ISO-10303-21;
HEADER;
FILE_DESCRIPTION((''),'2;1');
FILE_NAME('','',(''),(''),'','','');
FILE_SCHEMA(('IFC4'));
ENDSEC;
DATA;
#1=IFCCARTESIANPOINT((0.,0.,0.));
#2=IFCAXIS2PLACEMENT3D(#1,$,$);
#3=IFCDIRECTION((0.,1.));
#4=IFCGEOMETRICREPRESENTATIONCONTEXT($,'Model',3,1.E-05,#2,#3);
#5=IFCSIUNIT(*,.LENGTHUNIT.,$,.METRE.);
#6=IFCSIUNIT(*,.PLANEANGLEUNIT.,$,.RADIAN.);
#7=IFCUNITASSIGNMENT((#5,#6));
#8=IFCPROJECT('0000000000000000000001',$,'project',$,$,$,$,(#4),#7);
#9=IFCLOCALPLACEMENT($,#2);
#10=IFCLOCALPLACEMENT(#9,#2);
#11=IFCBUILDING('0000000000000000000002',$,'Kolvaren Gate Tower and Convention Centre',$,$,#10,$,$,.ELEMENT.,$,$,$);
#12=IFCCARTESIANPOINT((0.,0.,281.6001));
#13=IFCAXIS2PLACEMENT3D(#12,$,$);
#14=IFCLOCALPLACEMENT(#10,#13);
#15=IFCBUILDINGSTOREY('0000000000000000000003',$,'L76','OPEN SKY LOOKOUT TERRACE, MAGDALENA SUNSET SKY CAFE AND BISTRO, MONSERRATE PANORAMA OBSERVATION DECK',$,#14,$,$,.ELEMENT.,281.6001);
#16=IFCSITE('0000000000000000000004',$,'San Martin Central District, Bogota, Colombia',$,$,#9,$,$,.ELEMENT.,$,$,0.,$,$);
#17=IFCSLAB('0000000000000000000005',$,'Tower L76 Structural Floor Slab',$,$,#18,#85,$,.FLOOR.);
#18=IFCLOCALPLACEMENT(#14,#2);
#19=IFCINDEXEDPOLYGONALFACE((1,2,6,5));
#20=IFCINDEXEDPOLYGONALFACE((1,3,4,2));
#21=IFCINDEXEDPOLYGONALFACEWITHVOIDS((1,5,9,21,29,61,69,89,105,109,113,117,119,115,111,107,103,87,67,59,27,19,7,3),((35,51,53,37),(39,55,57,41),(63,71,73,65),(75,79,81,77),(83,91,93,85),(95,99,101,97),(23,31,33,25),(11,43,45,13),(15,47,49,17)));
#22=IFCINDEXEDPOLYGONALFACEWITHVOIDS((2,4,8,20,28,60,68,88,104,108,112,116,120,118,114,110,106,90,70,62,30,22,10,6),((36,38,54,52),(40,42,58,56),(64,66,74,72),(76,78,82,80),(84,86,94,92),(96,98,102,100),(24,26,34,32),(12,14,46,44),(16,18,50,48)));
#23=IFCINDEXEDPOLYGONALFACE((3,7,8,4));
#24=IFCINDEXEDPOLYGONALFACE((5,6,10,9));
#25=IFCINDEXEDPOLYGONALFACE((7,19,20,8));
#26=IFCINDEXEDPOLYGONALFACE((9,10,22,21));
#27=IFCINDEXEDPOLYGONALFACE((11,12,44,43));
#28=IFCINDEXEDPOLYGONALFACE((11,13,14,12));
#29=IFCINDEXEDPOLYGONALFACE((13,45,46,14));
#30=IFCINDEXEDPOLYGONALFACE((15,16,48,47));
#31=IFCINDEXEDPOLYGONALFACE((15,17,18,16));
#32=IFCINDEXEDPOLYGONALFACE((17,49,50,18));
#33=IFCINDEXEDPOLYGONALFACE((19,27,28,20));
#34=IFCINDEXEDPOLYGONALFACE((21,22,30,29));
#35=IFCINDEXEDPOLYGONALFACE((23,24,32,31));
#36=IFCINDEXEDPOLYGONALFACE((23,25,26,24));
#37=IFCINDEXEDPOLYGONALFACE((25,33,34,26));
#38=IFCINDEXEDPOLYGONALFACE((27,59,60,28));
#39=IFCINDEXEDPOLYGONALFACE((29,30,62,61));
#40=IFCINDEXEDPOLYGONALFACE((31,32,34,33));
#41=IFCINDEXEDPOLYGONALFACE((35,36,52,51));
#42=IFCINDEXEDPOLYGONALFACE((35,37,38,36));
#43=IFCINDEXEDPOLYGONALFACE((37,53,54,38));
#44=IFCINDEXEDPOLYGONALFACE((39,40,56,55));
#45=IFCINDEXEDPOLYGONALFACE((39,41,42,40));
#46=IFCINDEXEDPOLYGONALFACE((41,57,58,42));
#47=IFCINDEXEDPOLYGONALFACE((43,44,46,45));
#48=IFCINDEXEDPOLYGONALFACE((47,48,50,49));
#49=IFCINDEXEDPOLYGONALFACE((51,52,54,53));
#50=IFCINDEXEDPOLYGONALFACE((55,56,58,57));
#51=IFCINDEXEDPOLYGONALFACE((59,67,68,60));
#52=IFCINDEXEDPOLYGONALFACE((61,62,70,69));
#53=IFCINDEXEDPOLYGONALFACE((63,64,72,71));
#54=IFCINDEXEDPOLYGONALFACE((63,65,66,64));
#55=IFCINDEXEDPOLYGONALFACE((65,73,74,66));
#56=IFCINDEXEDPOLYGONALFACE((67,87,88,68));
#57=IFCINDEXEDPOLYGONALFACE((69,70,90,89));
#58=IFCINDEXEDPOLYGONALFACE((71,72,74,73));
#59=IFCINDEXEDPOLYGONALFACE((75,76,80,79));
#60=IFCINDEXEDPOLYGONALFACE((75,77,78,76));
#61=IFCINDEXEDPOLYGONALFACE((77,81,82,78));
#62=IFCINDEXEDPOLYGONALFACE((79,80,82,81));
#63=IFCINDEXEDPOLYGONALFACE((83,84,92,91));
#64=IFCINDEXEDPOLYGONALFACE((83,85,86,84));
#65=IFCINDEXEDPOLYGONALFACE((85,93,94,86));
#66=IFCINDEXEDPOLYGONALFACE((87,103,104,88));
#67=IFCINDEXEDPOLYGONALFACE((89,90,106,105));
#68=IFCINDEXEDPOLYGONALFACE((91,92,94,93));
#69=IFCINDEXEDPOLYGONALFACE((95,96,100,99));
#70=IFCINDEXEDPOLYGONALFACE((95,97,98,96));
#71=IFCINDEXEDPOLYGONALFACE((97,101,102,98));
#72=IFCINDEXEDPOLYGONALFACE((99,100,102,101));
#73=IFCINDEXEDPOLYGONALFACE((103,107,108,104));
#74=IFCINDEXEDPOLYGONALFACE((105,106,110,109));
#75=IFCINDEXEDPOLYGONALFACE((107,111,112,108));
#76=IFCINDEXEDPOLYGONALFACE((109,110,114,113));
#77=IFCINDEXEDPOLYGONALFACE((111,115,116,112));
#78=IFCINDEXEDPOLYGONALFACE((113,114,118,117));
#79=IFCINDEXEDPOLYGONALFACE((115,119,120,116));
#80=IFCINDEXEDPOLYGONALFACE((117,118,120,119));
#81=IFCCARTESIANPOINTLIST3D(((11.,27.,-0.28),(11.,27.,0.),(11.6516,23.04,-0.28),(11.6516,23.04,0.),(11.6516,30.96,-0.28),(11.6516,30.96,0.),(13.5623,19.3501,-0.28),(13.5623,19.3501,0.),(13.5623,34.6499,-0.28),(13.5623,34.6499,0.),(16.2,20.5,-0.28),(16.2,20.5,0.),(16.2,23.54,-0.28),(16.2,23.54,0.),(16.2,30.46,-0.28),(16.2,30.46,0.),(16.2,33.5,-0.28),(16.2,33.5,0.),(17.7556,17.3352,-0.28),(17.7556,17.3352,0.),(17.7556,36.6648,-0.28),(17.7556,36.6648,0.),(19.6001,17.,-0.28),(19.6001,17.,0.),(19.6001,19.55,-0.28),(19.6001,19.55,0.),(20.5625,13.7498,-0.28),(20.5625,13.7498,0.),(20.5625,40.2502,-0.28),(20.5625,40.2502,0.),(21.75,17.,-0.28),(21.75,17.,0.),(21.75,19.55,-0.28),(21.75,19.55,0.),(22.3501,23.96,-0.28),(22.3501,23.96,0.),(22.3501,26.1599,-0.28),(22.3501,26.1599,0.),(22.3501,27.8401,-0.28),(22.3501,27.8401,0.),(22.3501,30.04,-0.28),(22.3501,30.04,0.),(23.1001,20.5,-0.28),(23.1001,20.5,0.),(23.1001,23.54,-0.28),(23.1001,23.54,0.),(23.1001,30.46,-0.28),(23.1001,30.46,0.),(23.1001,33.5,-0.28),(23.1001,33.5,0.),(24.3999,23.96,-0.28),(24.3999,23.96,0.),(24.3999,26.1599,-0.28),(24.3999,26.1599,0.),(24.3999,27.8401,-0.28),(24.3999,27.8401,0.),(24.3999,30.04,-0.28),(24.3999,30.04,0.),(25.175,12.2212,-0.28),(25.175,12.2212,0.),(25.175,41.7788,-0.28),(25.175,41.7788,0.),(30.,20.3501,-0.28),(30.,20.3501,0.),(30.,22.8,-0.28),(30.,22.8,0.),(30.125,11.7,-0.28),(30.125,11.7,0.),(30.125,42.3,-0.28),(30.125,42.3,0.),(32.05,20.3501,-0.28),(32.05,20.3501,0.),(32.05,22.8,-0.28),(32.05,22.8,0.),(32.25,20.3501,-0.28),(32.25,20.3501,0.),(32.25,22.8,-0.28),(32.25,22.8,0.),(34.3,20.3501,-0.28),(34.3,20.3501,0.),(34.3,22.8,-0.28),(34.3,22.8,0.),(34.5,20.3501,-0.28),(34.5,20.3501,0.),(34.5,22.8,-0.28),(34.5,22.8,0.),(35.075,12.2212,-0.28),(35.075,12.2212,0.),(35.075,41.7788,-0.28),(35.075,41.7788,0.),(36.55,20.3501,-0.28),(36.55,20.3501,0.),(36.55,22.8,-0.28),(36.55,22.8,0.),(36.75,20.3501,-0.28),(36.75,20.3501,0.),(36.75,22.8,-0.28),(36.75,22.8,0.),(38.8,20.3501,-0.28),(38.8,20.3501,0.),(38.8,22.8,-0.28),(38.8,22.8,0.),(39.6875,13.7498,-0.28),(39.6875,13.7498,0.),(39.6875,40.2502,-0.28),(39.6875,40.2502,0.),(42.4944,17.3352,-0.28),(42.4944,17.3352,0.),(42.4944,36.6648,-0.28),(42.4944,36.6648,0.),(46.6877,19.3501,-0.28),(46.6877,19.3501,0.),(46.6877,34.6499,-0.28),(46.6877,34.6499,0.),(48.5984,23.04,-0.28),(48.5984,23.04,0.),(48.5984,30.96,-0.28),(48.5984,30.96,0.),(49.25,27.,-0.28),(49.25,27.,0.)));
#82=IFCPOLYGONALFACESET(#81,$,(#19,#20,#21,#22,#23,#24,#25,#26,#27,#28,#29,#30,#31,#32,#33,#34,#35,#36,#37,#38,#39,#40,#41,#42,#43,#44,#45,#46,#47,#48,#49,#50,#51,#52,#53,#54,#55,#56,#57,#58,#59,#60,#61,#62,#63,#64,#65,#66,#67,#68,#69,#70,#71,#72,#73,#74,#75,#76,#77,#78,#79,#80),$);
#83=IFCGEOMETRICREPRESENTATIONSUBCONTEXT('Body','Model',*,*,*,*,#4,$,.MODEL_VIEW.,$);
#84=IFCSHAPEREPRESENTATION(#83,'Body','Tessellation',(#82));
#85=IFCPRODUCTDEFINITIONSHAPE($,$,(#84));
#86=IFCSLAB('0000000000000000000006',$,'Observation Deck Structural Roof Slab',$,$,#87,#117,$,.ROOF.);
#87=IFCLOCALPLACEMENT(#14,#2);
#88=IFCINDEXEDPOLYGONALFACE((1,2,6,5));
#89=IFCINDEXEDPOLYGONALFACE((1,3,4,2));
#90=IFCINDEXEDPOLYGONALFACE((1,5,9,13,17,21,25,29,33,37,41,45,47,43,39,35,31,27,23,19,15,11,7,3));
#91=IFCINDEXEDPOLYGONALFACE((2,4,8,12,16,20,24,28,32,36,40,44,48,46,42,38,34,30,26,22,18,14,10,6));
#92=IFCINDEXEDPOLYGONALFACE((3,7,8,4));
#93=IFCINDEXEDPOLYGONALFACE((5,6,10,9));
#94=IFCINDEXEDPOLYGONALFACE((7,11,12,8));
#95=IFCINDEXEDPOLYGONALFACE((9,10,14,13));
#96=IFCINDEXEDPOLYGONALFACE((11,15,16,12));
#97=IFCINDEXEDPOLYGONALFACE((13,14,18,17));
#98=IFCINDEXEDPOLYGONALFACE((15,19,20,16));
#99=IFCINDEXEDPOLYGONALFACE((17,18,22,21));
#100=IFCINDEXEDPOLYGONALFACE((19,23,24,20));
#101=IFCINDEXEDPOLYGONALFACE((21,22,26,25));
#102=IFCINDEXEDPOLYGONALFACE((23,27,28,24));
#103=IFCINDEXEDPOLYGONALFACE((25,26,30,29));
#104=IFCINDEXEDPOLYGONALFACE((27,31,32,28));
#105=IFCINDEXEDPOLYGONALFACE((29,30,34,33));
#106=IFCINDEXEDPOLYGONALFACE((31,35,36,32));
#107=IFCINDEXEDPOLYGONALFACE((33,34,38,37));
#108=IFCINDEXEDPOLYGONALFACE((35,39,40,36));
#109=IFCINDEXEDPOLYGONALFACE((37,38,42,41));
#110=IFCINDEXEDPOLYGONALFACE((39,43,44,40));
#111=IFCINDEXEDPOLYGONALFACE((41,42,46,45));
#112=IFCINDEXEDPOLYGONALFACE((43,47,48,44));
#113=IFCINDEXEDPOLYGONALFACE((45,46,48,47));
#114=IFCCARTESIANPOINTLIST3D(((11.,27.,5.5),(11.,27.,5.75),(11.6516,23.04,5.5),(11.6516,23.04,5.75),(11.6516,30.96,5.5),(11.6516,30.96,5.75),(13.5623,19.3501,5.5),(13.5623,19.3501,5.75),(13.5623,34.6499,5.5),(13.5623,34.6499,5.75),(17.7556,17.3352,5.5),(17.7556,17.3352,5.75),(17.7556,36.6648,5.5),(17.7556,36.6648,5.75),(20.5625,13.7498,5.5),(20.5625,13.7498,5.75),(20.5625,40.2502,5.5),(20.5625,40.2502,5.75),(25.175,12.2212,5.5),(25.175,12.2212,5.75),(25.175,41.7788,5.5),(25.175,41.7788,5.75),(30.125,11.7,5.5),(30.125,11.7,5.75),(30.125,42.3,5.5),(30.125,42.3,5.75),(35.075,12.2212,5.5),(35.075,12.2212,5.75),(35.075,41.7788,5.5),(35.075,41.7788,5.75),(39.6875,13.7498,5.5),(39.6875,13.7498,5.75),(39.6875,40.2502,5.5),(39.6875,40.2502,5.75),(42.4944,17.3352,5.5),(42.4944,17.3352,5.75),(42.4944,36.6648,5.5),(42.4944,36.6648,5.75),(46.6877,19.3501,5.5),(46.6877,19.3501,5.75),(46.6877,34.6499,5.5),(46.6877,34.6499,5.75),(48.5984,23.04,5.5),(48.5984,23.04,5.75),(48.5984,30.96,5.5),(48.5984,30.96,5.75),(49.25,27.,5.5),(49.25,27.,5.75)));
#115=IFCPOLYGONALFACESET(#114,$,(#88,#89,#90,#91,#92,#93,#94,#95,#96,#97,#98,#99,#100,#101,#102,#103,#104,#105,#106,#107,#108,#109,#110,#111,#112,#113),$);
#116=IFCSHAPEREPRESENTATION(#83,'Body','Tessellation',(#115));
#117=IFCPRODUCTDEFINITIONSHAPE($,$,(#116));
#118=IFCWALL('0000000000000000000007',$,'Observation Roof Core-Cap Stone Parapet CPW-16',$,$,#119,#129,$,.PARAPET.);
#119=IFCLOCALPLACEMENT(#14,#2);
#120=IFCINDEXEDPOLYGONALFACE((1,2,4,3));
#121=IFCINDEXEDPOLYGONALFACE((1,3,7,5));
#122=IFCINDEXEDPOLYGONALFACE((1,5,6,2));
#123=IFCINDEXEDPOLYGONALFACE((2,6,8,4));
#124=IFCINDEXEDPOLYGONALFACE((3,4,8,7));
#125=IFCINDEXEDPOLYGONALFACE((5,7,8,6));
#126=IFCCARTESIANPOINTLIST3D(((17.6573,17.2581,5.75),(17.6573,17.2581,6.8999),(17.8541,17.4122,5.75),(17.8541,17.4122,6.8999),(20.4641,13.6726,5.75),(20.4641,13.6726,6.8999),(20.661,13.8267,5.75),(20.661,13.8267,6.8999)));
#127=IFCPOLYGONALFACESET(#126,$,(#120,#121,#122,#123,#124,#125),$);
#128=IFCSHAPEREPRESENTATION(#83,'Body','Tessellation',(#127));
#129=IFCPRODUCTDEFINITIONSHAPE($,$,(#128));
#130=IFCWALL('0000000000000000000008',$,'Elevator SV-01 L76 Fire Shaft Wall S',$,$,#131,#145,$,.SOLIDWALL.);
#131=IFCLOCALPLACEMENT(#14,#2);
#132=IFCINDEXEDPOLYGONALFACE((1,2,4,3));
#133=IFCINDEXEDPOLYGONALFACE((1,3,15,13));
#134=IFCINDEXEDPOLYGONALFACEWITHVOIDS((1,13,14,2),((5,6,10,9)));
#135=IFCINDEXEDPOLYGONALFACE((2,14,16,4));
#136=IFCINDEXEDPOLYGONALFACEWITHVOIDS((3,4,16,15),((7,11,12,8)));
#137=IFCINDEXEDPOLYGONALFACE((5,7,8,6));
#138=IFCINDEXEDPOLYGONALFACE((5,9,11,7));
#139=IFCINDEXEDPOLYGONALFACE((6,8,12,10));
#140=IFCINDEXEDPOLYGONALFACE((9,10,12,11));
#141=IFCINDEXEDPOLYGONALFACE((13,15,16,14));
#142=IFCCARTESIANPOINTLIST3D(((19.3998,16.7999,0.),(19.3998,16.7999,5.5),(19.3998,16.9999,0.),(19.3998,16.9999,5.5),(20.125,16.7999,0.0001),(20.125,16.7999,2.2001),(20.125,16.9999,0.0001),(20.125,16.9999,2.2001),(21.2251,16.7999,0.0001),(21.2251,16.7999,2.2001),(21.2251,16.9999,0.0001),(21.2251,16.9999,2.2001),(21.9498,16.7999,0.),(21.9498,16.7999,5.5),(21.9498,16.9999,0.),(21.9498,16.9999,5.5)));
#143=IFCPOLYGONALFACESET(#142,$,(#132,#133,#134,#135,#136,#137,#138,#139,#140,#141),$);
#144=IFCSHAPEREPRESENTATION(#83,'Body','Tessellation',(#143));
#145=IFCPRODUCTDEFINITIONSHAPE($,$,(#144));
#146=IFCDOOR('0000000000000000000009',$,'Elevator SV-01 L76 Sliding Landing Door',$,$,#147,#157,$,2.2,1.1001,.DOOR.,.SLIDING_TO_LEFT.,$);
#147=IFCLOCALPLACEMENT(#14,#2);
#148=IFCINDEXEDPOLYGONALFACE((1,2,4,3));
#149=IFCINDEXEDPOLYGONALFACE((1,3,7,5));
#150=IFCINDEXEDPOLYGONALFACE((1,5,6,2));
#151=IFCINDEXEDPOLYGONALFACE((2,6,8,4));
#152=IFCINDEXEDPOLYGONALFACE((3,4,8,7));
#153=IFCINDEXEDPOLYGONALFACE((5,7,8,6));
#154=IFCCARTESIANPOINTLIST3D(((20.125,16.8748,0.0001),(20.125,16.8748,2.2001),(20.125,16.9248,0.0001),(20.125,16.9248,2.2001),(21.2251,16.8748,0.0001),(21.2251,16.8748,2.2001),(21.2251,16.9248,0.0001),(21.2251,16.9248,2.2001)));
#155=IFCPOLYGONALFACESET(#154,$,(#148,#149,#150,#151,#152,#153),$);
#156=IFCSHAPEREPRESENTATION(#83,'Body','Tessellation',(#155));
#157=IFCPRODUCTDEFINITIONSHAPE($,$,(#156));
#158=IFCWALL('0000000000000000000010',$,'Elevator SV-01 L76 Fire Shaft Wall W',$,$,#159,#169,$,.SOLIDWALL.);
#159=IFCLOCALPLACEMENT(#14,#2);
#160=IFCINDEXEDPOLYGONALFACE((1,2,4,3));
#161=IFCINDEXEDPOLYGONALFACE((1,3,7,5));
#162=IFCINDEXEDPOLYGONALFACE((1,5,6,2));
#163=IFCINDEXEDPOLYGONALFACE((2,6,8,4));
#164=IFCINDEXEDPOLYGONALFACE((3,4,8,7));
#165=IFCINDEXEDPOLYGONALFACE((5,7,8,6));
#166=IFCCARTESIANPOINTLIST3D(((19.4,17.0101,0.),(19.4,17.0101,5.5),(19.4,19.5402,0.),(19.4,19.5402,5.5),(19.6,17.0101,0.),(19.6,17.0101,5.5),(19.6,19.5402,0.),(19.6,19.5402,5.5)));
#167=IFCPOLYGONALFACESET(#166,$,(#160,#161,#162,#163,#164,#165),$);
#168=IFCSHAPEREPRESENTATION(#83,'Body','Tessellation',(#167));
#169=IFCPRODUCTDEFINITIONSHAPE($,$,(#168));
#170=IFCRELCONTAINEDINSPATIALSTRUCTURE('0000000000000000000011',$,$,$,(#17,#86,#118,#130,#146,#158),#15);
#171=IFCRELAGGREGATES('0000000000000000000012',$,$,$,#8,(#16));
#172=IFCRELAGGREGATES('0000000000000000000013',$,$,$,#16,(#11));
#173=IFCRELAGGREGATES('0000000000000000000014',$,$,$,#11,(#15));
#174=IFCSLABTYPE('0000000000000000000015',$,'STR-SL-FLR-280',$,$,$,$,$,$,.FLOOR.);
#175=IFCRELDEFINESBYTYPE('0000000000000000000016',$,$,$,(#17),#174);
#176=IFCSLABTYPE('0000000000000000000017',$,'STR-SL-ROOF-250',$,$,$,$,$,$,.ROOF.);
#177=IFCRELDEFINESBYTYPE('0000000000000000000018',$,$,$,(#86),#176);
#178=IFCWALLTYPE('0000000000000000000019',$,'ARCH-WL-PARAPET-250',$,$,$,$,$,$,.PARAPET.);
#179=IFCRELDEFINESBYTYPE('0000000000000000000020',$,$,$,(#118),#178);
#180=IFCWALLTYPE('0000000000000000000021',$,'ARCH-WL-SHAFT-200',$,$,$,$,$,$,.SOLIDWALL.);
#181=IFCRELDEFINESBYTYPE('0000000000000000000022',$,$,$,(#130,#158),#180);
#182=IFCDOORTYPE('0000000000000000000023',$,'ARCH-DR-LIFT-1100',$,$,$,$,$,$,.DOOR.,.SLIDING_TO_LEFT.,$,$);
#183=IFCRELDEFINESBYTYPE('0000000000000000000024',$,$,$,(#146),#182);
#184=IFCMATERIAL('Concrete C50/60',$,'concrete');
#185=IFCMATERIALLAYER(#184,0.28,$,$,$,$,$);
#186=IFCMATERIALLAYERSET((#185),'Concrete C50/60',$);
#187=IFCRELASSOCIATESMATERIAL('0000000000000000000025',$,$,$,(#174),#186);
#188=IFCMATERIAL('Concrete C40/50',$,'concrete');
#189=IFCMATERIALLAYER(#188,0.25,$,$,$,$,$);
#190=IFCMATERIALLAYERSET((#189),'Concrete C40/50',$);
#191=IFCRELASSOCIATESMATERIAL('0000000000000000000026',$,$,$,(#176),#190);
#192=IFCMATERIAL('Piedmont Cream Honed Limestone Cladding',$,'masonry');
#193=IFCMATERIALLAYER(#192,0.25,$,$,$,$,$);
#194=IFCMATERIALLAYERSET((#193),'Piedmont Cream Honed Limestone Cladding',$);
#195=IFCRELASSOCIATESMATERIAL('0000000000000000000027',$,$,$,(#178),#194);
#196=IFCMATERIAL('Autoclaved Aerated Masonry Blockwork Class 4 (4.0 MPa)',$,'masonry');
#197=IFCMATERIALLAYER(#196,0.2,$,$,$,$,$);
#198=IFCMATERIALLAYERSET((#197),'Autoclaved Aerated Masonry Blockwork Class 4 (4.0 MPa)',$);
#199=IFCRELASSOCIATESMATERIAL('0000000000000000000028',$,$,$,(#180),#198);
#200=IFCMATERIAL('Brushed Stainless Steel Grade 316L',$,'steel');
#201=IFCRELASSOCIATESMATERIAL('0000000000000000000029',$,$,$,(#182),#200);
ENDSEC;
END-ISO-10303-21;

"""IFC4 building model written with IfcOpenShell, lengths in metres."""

from ifc_helpers import new_model, si_unit, direction, frame, frame_2d, origin, place, context, subcontext, project, spatial, polyline, rectangle, outline, extrude, material, layer, layer_set, type_object, element, fill, save


model = new_model("IFC4")

# Units and contexts
model_context = context("Model", 3, precision=1e-05, world=origin(), true_north=direction((0.0, 1.0)))
body_context = subcontext(model_context, "Body", "Model", "MODEL_VIEW")
ifc_project = project(units=[si_unit("LENGTHUNIT", "METRE"), si_unit("PLANEANGLEUNIT", "RADIAN")], contexts=[model_context])

# Site, building, storey
site_placement = place(None, origin())
site = spatial("IfcSite", under=ifc_project, at=site_placement, Name="San Martin Central District, Bogota, Colombia", CompositionType="ELEMENT", RefElevation=0.0)
building_placement = place(site_placement, origin())
building = spatial("IfcBuilding", under=site, at=building_placement, Name="Kolvaren Gate Tower and Convention Centre", CompositionType="ELEMENT")
storey_placement = place(building_placement, frame((0.0, 0.0, 281.6001)))
storey = spatial("IfcBuildingStorey", under=building, at=storey_placement, Name="L76", Description="OPEN SKY LOOKOUT TERRACE, MAGDALENA SUNSET SKY CAFE AND BISTRO, MONSERRATE PANORAMA OBSERVATION DECK", CompositionType="ELEMENT", Elevation=281.6001)

# Slabs
ifc_material_1 = material(Name="Concrete C50/60", Category="concrete")
ifc_layer_1 = layer(ifc_material_1, 0.28)
ifc_layer_set_1 = layer_set([ifc_layer_1], Name="Concrete C50/60")
slab_type_1 = type_object("IfcSlabType", Name="STR-SL-FLR-280", PredefinedType="FLOOR", material=ifc_layer_set_1)
slab_1_placement = place(storey_placement, frame((0.0, 0.0, -0.28)))
element("IfcSlab", 1, at=slab_1_placement, inside=storey, type_object=slab_type_1, Name="Tower L76 Structural Floor Slab", PredefinedType="FLOOR", context=body_context, shape_type="SweptSolid", body=[
    extrude(outline(polyline([(49.25, 27.0), (48.5984, 30.96), (46.6877, 34.6499), (42.4944, 36.6648), (39.6875, 40.2502), (35.075, 41.7788), (30.125, 42.3), (25.175, 41.7788), (20.5625, 40.2502), (17.7556, 36.6648), (13.5623, 34.6499), (11.6516, 30.96), (11.0, 27.0), (11.6516, 23.04), (13.5623, 19.3501), (17.7556, 17.3352), (20.5625, 13.7498), (25.175, 12.2212), (30.125, 11.7), (35.075, 12.2212), (39.6875, 13.7498), (42.4944, 17.3352), (46.6877, 19.3501), (48.5984, 23.04), (49.25, 27.0)]), holes=[polyline([(38.8, 20.3501), (36.75, 20.3501), (36.75, 22.8), (38.8, 22.8), (38.8, 20.3501)]), polyline([(36.55, 20.3501), (34.5, 20.3501), (34.5, 22.8), (36.55, 22.8), (36.55, 20.3501)]), polyline([(34.3, 20.3501), (32.25, 20.3501), (32.25, 22.8), (34.3, 22.8), (34.3, 20.3501)]), polyline([(32.05, 20.3501), (30.0, 20.3501), (30.0, 22.8), (32.05, 22.8), (32.05, 20.3501)]), polyline([(22.3501, 27.8401), (22.3501, 30.04), (24.3999, 30.04), (24.3999, 27.8401), (22.3501, 27.8401)]), polyline([(24.3999, 23.96), (22.3501, 23.96), (22.3501, 26.1599), (24.3999, 26.1599), (24.3999, 23.96)]), polyline([(16.2, 23.54), (23.1001, 23.54), (23.1001, 20.5), (16.2, 20.5), (16.2, 23.54)]), polyline([(23.1001, 33.5), (23.1001, 30.46), (16.2, 30.46), (16.2, 33.5), (23.1001, 33.5)]), polyline([(21.75, 17.0), (19.6001, 17.0), (19.6001, 19.55), (21.75, 19.55), (21.75, 17.0)])]), origin(), (0.0, 0.0, 1.0), 0.28),
])
ifc_material_2 = material(Name="Concrete C40/50", Category="concrete")
ifc_layer_2 = layer(ifc_material_2, 0.25)
ifc_layer_set_2 = layer_set([ifc_layer_2], Name="Concrete C40/50")
slab_type_2 = type_object("IfcSlabType", Name="STR-SL-ROOF-250", PredefinedType="ROOF", material=ifc_layer_set_2)
slab_2_placement = place(storey_placement, frame((0.0, 0.0, 5.5)))
element("IfcSlab", 2, at=slab_2_placement, inside=storey, type_object=slab_type_2, Name="Observation Deck Structural Roof Slab", PredefinedType="ROOF", context=body_context, shape_type="SweptSolid", body=[
    extrude(outline(polyline([(49.25, 27.0), (48.5984, 30.96), (46.6877, 34.6499), (42.4944, 36.6648), (39.6875, 40.2502), (35.075, 41.7788), (30.125, 42.3), (25.175, 41.7788), (20.5625, 40.2502), (17.7556, 36.6648), (13.5623, 34.6499), (11.6516, 30.96), (11.0, 27.0), (11.6516, 23.04), (13.5623, 19.3501), (17.7556, 17.3352), (20.5625, 13.7498), (25.175, 12.2212), (30.125, 11.7), (35.075, 12.2212), (39.6875, 13.7498), (42.4944, 17.3352), (46.6877, 19.3501), (48.5984, 23.04), (49.25, 27.0)])), origin(), (0.0, 0.0, 1.0), 0.25),
])

# Wall
ifc_material_3 = material(Name="Piedmont Cream Honed Limestone Cladding", Category="masonry")
ifc_layer_3 = layer(ifc_material_3, 0.25)
ifc_layer_set_3 = layer_set([ifc_layer_3], Name="Piedmont Cream Honed Limestone Cladding")
wall_type_1 = type_object("IfcWallType", Name="ARCH-WL-PARAPET-250", PredefinedType="PARAPET", material=ifc_layer_set_3)
wall_1_placement = place(storey_placement, frame((17.7556, 17.3352, 5.75), z_axis=(0.0, 0.0, 1.0), x_axis=(0.616428, -0.787411, 0.0)))
element("IfcWall", 3, at=wall_1_placement, inside=storey, type_object=wall_type_1, Name="Observation Roof Core-Cap Stone Parapet CPW-16", PredefinedType="PARAPET", context=body_context, shape_type="SweptSolid", body=[
    extrude(rectangle(XDim=4.5535, YDim=0.25, at=frame_2d((2.2769, 0.0))), origin(), (0.0, 0.0, 1.0), 1.1499),
])

# Wall, opening, door
ifc_material_4 = material(Name="Autoclaved Aerated Masonry Blockwork Class 4 (4.0 MPa)", Category="masonry")
ifc_layer_4 = layer(ifc_material_4, 0.2)
ifc_layer_set_4 = layer_set([ifc_layer_4], Name="Autoclaved Aerated Masonry Blockwork Class 4 (4.0 MPa)")
wall_type_2 = type_object("IfcWallType", Name="ARCH-WL-SHAFT-200", PredefinedType="SOLIDWALL", material=ifc_layer_set_4)
wall_2_placement = place(storey_placement, frame((19.3999, 16.8999, 0.0), z_axis=(0.0, 0.0, 1.0), x_axis=(1.0, 0.0, 0.0)))
wall_2 = element("IfcWall", 4, at=wall_2_placement, inside=storey, type_object=wall_type_2, Name="Elevator SV-01 L76 Fire Shaft Wall S", PredefinedType="SOLIDWALL", context=body_context, shape_type="SweptSolid", body=[
    extrude(rectangle(XDim=2.55, YDim=0.2, at=frame_2d((1.2749, 0.0))), origin(), (0.0, 0.0, 1.0), 5.5),
])
opening_placement = place(wall_2_placement, frame((0.7251, 0.0, 0.0)))
opening = element("IfcOpeningElement", 5, at=opening_placement, cuts=wall_2, PredefinedType="OPENING", context=body_context, shape_type="SweptSolid", body=[
    extrude(rectangle(XDim=1.1001, YDim=2.2, at=frame_2d((0.55, 1.1001))), frame((0.0, 0.1099, 0.0), z_axis=(0.0, -1.0, 0.0), x_axis=(1.0, 0.0, 0.0)), (0.0, 0.0, 1.0), 0.22),
])
ifc_material_5 = material(Name="Brushed Stainless Steel Grade 316L", Category="steel")
door_type = type_object("IfcDoorType", Name="ARCH-DR-LIFT-1100", OperationType="SLIDING_TO_LEFT", PredefinedType="DOOR", material=ifc_material_5)
door_placement = place(opening_placement, origin())
door = element("IfcDoor", 6, at=door_placement, inside=storey, type_object=door_type, Name="Elevator SV-01 L76 Sliding Landing Door", OperationType="SLIDING_TO_LEFT", OverallHeight=2.2, OverallWidth=1.1001, PredefinedType="DOOR", context=body_context, shape_type="SweptSolid", body=[
    extrude(rectangle(XDim=1.1001, YDim=2.2, at=frame_2d((0.55, 1.1001))), frame((0.0, 0.0249, 0.0), z_axis=(0.0, -1.0, 0.0), x_axis=(1.0, 0.0, 0.0)), (0.0, 0.0, 1.0), 0.05),
])
fill(opening, door)

# Wall
wall_3_placement = place(storey_placement, frame((19.5, 17.01, 0.0), z_axis=(0.0, 0.0, 1.0), x_axis=(0.0, 1.0, 0.0)))
element("IfcWall", 7, at=wall_3_placement, inside=storey, type_object=wall_type_2, Name="Elevator SV-01 L76 Fire Shaft Wall W", PredefinedType="SOLIDWALL", context=body_context, shape_type="SweptSolid", body=[
    extrude(rectangle(XDim=2.53, YDim=0.2, at=frame_2d((1.2651, 0.0))), origin(), (0.0, 0.0, 1.0), 5.5),
])

save(model, "model.ifc")
